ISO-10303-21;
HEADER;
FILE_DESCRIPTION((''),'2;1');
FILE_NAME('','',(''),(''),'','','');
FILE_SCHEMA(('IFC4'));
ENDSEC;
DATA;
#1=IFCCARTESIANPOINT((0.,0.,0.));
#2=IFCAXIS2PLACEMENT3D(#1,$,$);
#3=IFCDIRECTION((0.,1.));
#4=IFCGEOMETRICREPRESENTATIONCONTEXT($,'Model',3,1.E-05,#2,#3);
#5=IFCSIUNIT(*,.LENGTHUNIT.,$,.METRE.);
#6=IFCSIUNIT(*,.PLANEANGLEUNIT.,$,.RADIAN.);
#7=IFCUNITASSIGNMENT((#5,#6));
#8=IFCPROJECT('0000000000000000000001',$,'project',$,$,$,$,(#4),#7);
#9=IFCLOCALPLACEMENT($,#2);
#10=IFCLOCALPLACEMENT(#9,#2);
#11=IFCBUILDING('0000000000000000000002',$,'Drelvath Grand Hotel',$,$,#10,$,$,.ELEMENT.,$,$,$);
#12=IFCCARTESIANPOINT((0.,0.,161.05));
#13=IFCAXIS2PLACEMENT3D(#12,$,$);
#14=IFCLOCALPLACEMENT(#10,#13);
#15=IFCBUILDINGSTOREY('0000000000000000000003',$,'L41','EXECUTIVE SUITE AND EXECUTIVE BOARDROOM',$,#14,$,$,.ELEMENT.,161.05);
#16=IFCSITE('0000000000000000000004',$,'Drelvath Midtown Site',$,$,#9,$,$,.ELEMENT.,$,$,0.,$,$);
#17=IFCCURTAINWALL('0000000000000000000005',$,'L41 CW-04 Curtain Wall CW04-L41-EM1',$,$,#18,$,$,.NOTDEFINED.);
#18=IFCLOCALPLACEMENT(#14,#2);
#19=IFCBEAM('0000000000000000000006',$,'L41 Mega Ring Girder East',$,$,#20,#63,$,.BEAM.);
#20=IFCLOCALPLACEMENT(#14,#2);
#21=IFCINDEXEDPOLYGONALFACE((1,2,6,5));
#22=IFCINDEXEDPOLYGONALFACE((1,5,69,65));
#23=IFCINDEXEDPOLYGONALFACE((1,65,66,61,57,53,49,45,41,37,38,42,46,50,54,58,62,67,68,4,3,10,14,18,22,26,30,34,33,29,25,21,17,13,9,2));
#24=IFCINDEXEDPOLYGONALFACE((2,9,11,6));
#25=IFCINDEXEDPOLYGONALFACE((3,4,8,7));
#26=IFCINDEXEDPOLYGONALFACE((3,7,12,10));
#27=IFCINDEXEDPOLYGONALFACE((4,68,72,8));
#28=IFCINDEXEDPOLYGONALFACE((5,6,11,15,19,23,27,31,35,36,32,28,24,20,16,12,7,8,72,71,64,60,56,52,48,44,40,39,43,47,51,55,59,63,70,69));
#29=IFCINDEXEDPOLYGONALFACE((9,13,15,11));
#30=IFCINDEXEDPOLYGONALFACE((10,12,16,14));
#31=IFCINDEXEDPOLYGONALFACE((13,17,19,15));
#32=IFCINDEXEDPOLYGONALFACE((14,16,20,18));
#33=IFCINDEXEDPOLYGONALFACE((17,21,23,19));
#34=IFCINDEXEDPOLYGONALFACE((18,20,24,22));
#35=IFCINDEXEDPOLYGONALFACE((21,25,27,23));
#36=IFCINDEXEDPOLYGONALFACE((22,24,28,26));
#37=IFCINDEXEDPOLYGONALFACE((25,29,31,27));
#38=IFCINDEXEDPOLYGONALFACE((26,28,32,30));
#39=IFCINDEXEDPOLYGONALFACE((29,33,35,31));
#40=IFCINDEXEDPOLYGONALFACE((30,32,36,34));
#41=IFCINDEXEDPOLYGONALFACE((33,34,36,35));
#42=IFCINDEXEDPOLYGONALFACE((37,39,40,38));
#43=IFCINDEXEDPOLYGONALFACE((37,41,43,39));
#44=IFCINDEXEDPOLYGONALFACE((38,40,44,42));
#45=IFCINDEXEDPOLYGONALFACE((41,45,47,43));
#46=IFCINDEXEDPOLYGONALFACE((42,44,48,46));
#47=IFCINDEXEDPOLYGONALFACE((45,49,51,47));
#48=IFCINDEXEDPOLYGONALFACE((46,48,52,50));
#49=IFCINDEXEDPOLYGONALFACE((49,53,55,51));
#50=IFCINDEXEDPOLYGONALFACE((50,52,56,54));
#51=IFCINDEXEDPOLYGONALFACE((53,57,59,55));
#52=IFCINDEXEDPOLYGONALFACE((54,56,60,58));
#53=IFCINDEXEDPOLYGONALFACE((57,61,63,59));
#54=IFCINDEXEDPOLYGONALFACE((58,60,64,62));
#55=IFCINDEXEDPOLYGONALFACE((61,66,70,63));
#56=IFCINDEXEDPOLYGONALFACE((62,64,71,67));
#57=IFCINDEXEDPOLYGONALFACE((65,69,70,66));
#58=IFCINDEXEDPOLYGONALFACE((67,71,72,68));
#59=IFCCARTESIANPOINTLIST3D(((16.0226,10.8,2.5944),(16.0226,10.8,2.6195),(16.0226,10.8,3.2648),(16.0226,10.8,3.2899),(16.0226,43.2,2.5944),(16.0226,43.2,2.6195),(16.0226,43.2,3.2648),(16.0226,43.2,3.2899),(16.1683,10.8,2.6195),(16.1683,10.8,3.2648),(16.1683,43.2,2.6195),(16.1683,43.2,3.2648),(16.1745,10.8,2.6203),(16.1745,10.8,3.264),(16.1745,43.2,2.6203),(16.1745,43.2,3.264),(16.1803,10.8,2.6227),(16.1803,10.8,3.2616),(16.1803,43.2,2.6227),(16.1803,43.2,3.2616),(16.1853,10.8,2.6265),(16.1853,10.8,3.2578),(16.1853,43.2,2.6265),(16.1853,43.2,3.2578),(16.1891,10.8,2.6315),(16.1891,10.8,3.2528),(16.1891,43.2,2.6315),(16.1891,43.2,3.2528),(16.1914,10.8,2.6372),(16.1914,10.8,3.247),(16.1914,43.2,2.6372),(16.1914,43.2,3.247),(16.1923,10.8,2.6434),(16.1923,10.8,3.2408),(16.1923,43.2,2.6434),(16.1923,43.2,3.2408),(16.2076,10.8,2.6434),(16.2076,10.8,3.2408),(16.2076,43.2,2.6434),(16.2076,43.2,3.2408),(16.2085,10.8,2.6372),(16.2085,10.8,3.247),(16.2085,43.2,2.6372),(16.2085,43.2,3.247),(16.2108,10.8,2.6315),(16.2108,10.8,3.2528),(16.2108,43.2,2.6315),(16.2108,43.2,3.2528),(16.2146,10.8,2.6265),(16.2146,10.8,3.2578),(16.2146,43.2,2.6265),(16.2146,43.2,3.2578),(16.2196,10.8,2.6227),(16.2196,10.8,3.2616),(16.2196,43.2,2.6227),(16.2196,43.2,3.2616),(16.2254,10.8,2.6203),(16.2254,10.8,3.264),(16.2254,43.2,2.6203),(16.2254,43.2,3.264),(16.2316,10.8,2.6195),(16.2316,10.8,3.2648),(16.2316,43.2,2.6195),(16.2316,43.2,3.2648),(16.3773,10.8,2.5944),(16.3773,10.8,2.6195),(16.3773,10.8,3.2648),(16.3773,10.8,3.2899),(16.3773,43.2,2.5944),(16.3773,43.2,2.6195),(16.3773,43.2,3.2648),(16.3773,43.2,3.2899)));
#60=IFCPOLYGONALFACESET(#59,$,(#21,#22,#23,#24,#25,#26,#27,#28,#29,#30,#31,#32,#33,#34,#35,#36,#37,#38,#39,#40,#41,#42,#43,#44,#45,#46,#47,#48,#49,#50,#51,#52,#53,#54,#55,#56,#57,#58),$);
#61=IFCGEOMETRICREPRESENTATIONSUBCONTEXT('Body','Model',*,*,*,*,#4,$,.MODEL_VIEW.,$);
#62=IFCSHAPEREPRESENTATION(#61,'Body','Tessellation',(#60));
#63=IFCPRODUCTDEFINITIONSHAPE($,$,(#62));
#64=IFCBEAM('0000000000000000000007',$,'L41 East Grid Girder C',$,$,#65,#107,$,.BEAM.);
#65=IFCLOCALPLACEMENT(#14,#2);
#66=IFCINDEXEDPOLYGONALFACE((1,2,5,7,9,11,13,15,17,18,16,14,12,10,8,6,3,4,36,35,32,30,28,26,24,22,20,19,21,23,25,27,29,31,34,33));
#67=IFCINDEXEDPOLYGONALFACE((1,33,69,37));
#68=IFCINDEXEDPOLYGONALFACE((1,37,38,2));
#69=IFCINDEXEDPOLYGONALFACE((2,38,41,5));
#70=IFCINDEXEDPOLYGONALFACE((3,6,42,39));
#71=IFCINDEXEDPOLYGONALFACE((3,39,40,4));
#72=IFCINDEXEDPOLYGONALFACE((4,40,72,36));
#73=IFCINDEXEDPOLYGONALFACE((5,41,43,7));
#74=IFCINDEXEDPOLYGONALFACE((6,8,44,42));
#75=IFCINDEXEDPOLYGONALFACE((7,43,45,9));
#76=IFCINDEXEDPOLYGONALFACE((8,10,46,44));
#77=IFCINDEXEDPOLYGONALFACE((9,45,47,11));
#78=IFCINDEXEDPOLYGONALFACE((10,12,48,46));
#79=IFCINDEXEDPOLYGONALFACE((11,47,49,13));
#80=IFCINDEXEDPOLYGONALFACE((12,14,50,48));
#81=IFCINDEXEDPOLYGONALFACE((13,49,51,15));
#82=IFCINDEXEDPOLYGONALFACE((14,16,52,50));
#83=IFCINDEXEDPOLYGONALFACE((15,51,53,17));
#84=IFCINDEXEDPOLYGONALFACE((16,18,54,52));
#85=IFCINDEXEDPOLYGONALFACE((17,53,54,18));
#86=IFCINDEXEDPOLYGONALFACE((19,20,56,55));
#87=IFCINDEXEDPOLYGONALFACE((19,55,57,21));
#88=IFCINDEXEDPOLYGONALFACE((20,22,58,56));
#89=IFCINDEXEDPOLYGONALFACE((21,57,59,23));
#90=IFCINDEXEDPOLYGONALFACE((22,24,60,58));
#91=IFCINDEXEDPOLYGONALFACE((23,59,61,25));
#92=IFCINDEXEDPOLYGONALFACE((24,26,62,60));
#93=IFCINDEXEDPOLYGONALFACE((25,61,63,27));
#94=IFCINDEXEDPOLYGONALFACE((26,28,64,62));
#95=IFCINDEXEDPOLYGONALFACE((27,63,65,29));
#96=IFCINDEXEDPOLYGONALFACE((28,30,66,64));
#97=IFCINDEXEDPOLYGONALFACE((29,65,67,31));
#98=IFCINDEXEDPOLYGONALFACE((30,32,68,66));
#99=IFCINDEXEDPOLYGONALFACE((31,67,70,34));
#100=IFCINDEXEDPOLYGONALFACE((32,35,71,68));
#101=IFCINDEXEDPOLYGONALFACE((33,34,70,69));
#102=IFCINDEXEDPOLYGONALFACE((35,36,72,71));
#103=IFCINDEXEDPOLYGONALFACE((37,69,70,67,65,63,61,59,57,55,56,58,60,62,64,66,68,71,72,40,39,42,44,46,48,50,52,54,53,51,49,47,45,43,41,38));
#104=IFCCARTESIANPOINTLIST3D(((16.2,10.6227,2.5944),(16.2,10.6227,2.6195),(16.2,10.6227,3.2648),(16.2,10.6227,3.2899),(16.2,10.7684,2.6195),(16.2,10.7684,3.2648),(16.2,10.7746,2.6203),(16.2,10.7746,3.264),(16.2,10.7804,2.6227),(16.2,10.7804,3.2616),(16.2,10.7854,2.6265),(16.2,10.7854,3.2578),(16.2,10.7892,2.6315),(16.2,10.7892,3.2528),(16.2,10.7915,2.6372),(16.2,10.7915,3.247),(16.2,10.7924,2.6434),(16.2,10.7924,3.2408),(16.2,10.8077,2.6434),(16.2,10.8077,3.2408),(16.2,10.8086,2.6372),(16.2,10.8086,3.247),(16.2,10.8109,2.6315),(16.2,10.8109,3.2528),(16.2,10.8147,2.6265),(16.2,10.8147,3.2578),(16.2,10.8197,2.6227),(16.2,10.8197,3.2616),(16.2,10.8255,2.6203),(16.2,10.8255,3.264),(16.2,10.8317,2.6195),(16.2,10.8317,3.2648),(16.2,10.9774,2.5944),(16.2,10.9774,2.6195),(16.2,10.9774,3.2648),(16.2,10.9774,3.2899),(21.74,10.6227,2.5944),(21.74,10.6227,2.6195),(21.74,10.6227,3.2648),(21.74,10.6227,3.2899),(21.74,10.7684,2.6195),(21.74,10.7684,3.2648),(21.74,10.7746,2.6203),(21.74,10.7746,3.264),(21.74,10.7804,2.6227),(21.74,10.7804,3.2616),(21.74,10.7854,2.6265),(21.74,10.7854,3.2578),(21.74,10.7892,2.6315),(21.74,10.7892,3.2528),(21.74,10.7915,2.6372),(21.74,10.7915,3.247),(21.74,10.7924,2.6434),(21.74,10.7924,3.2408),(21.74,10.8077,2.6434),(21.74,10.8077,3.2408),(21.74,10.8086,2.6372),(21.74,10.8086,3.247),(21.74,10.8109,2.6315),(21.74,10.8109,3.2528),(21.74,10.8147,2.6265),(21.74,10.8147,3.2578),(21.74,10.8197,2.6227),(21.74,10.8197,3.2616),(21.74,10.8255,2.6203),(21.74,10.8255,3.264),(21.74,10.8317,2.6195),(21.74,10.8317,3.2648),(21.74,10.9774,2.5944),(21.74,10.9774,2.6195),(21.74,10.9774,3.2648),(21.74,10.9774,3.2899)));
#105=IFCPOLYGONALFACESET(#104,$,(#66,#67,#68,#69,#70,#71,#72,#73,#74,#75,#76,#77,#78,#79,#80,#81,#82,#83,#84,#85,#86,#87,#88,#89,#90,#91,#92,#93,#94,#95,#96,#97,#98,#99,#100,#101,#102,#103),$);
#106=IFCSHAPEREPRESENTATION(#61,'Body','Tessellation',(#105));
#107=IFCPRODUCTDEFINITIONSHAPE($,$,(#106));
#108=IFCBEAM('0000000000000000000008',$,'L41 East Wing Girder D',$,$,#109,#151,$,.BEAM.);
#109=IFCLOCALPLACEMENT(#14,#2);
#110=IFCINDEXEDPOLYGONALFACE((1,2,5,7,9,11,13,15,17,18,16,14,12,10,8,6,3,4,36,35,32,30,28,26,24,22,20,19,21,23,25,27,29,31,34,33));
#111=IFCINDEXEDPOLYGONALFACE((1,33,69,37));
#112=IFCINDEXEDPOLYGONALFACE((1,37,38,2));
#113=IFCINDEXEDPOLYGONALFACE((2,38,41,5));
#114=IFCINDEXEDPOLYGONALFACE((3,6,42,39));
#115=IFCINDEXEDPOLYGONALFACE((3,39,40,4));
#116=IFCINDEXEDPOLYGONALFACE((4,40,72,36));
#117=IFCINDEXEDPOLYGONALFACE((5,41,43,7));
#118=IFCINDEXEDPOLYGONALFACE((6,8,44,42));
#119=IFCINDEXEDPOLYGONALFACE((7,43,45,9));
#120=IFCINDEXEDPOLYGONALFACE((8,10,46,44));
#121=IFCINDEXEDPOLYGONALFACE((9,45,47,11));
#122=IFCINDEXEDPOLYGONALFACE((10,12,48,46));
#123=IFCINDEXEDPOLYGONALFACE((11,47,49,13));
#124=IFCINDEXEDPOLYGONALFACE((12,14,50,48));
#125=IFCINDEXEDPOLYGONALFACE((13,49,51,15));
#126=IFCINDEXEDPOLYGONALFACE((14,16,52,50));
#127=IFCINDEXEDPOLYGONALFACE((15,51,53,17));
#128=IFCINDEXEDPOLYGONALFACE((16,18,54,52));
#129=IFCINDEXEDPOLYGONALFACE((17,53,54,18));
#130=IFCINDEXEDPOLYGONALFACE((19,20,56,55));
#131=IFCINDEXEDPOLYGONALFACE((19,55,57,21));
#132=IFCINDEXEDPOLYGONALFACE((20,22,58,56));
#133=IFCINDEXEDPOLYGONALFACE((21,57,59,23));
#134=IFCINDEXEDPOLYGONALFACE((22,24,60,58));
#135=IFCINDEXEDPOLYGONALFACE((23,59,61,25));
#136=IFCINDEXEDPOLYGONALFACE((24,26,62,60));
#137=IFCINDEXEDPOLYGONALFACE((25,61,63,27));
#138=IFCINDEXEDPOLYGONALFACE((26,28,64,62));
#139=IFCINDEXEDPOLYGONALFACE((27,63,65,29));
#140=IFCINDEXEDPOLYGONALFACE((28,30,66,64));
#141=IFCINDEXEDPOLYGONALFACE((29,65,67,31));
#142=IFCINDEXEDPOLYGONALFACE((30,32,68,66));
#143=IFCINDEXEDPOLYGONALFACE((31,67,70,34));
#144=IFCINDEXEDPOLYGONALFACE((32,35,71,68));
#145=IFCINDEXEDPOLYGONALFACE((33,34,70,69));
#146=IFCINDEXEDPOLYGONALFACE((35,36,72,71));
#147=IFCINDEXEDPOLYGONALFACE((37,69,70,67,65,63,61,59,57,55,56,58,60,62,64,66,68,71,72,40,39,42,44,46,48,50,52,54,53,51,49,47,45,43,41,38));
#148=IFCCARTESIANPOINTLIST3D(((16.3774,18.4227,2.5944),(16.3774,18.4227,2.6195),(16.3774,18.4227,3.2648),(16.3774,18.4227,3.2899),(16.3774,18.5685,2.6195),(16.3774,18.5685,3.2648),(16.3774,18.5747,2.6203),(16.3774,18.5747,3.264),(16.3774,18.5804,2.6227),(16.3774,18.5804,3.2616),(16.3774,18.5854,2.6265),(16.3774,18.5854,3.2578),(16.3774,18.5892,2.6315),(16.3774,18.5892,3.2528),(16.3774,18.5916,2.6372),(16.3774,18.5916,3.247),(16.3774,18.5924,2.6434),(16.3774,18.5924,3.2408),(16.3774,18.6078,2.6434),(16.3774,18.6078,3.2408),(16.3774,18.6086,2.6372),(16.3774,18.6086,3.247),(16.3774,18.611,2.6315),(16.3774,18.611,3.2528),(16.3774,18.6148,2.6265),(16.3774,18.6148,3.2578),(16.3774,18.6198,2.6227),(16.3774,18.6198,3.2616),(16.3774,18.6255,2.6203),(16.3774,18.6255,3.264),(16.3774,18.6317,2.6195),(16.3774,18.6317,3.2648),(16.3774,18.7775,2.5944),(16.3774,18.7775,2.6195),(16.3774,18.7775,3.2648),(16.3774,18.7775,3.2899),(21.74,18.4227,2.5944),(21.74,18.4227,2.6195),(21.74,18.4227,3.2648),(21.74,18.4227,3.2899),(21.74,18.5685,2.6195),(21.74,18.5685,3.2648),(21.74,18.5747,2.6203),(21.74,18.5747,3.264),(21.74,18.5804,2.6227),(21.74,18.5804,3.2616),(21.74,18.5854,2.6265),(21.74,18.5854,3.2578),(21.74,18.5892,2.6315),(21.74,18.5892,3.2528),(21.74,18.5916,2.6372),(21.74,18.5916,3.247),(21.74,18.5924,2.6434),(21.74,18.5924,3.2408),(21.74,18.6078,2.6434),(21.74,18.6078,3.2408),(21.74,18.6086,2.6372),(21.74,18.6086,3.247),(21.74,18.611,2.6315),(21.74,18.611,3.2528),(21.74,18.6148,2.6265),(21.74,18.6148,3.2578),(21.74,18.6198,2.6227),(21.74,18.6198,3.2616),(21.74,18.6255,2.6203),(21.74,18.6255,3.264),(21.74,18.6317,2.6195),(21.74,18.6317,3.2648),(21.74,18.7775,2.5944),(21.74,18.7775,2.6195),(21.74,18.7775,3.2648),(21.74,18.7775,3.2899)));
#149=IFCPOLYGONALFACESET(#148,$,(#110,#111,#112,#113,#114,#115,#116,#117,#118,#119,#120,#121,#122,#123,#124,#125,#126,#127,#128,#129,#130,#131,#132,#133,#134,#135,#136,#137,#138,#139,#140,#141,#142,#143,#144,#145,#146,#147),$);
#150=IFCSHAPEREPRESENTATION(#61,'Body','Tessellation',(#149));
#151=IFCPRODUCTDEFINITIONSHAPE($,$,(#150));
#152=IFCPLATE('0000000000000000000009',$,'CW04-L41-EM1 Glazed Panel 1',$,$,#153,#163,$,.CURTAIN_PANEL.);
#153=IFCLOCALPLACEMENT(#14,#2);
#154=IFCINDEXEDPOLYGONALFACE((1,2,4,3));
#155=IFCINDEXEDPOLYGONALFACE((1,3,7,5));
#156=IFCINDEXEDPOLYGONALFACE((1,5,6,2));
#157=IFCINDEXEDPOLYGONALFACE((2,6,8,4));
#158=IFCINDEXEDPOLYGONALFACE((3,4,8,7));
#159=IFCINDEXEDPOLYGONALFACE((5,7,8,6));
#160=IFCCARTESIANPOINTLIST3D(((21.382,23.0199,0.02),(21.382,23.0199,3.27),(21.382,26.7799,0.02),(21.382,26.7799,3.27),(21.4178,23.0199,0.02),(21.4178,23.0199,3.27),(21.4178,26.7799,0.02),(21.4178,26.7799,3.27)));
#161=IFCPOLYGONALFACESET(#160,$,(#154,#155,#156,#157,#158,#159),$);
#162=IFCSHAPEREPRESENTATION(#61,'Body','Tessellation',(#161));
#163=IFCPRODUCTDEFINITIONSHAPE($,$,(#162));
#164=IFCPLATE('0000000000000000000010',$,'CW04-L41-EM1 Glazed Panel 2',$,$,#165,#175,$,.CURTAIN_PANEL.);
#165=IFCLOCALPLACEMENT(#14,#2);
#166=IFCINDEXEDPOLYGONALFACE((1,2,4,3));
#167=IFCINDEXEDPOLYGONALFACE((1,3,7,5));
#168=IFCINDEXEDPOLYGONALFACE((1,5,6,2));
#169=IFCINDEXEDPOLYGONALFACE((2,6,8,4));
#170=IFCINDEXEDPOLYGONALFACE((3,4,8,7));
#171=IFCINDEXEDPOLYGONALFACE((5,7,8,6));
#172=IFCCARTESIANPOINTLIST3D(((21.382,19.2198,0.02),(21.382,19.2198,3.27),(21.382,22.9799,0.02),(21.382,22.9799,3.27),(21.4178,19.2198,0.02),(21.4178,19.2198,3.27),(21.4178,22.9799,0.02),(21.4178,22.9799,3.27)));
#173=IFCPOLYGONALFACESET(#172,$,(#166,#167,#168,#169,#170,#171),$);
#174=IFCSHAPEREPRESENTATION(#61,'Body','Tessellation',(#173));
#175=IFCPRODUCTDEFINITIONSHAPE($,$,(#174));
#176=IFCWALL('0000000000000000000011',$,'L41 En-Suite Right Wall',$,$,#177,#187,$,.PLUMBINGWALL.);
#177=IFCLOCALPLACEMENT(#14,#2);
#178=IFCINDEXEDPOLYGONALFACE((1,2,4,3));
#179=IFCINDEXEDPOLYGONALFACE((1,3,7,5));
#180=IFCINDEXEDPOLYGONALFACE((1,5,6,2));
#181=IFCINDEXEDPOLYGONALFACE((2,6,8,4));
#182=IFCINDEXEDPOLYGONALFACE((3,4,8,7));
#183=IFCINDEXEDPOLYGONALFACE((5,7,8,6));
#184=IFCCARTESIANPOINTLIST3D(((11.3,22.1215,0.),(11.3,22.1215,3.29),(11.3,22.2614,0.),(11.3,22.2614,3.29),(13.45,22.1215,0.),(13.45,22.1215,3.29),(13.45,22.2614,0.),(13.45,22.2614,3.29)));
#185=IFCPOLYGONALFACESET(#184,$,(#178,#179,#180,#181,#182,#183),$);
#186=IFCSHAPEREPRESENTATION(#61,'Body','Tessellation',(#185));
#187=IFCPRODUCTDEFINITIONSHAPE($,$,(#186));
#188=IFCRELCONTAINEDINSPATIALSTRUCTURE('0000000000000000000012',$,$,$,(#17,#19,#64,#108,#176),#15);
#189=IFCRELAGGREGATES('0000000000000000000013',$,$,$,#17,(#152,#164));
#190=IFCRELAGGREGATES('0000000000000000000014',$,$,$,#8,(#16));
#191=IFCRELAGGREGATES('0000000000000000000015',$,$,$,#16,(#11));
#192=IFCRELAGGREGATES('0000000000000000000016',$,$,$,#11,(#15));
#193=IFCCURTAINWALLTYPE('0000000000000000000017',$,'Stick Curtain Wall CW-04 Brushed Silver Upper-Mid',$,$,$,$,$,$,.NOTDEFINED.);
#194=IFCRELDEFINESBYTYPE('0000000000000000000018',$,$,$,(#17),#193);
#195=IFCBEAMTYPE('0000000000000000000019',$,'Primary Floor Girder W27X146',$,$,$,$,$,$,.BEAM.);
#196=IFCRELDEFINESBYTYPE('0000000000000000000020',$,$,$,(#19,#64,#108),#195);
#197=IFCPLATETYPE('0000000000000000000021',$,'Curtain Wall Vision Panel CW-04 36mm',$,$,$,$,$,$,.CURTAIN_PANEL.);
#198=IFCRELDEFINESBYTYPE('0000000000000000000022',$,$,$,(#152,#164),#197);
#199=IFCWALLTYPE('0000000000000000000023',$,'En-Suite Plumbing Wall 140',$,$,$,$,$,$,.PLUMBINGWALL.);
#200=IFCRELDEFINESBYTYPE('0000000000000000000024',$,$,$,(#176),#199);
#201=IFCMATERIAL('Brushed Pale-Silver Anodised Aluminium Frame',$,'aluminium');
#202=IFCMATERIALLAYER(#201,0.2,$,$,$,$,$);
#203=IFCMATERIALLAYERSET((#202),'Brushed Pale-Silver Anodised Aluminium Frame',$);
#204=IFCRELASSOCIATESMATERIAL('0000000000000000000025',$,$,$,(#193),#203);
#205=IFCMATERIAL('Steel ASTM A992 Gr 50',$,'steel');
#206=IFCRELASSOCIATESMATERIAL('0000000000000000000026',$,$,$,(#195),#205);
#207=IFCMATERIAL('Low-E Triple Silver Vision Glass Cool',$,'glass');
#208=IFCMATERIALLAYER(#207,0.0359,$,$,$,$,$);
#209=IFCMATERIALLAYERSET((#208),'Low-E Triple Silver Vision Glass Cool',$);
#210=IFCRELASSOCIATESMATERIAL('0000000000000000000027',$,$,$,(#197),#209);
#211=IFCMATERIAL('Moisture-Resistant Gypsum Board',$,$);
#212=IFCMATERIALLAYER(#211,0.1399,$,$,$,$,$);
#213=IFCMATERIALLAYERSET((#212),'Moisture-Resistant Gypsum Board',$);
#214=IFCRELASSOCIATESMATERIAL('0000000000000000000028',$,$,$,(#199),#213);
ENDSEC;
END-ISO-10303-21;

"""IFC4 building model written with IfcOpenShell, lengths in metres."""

from ifc_helpers import new_model, si_unit, direction, frame, frame_2d, origin, origin_2d, place, context, subcontext, project, spatial, rectangle, i_section, extrude, material, layer, layer_set, material_profile, profile_set, type_object, element, aggregate, save


model = new_model("IFC4")

# Units and contexts
model_context = context("Model", 3, precision=1e-05, world=origin(), true_north=direction((0.0, 1.0)))
body_context = subcontext(model_context, "Body", "Model", "MODEL_VIEW")
ifc_project = project(units=[si_unit("LENGTHUNIT", "METRE"), si_unit("PLANEANGLEUNIT", "RADIAN")], contexts=[model_context])

# Site, building, storey
site_placement = place(None, origin())
site = spatial("IfcSite", under=ifc_project, at=site_placement, Name="Drelvath Midtown Site", CompositionType="ELEMENT", RefElevation=0.0)
building_placement = place(site_placement, origin())
building = spatial("IfcBuilding", under=site, at=building_placement, Name="Drelvath Grand Hotel", CompositionType="ELEMENT")
storey_placement = place(building_placement, frame((0.0, 0.0, 161.05)))
storey = spatial("IfcBuildingStorey", under=building, at=storey_placement, Name="L41", Description="EXECUTIVE SUITE AND EXECUTIVE BOARDROOM", CompositionType="ELEMENT", Elevation=161.05)

# Shared definitions
ifc_material_1 = material(Name="Steel ASTM A992 Gr 50", Category="steel")

# Curtain wall
ifc_material_2 = material(Name="Brushed Pale-Silver Anodised Aluminium Frame", Category="aluminium")
ifc_layer_1 = layer(ifc_material_2, 0.2)
ifc_layer_set_1 = layer_set([ifc_layer_1], Name="Brushed Pale-Silver Anodised Aluminium Frame")
curtain_wall_type = type_object("IfcCurtainWallType", Name="Stick Curtain Wall CW-04 Brushed Silver Upper-Mid", PredefinedType="NOTDEFINED", material=ifc_layer_set_1)
curtain_wall_1_placement = place(storey_placement, origin())
curtain_wall_1 = element("IfcCurtainWall", 1, at=curtain_wall_1_placement, inside=storey, type_object=curtain_wall_type, Name="L41 CW-04 Curtain Wall CW04-L41-EM1", PredefinedType="NOTDEFINED")

# Beams
ifc_material_profile_1 = material_profile(ifc_material_1, i_section(OverallWidth=0.3547, OverallDepth=0.6956, WebThickness=0.0154, FlangeThickness=0.0251, FilletRadius=0.0239, at=origin_2d()), Name="W27X146")
ifc_profile_set_1 = profile_set([ifc_material_profile_1], Name="Steel ASTM A992 Gr 50")
beam_type_1 = type_object("IfcBeamType", Name="Primary Floor Girder W27X146", PredefinedType="BEAM", material=ifc_profile_set_1)
beam_1_placement = place(storey_placement, frame((16.2, 10.8, 2.9421), z_axis=(0.0, 1.0, 0.0), x_axis=(-1.0, 0.0, 0.0)))
element("IfcBeam", 2, at=beam_1_placement, inside=storey, type_object=beam_type_1, Name="L41 Mega Ring Girder East", PredefinedType="BEAM", context=body_context, shape_type="SweptSolid", body=[
    extrude(i_section(OverallWidth=0.3547, OverallDepth=0.6956, WebThickness=0.0154, FlangeThickness=0.0251, FilletRadius=0.0239, at=origin_2d()), origin(), (0.0, 0.0, 1.0), 32.3999),
])
beam_2_placement = place(storey_placement, frame((16.2, 10.8, 2.9421), z_axis=(1.0, 0.0, 0.0), x_axis=(0.0, 1.0, 0.0)))
element("IfcBeam", 3, at=beam_2_placement, inside=storey, type_object=beam_type_1, Name="L41 East Grid Girder C", PredefinedType="BEAM", context=body_context, shape_type="SweptSolid", body=[
    extrude(i_section(OverallWidth=0.3547, OverallDepth=0.6956, WebThickness=0.0154, FlangeThickness=0.0251, FilletRadius=0.0239, at=origin_2d()), origin(), (0.0, 0.0, 1.0), 5.54),
])
beam_3_placement = place(storey_placement, frame((16.3774, 18.6001, 2.9421), z_axis=(1.0, 0.0, 0.0), x_axis=(0.0, 1.0, 0.0)))
element("IfcBeam", 4, at=beam_3_placement, inside=storey, type_object=beam_type_1, Name="L41 East Wing Girder D", PredefinedType="BEAM", context=body_context, shape_type="SweptSolid", body=[
    extrude(i_section(OverallWidth=0.3547, OverallDepth=0.6956, WebThickness=0.0154, FlangeThickness=0.0251, FilletRadius=0.0239, at=origin_2d()), origin(), (0.0, 0.0, 1.0), 5.3625),
])

# Plates
ifc_material_3 = material(Name="Low-E Triple Silver Vision Glass Cool", Category="glass")
ifc_layer_2 = layer(ifc_material_3, 0.0359)
ifc_layer_set_2 = layer_set([ifc_layer_2], Name="Low-E Triple Silver Vision Glass Cool")
plate_type = type_object("IfcPlateType", Name="Curtain Wall Vision Panel CW-04 36mm", PredefinedType="CURTAIN_PANEL", material=ifc_layer_set_2)
plate_1_placement = place(storey_placement, frame((21.3999, 24.8999, 0.02), z_axis=(0.0, 0.0, 1.0), x_axis=(0.0, -1.0, 0.0)))
plate_1 = element("IfcPlate", 5, at=plate_1_placement, type_object=plate_type, Name="CW04-L41-EM1 Glazed Panel 1", PredefinedType="CURTAIN_PANEL", context=body_context, shape_type="SweptSolid", body=[
    extrude(rectangle(XDim=3.76, YDim=0.0359, at=origin_2d()), origin(), (0.0, 0.0, 1.0), 3.25),
])
plate_2_placement = place(storey_placement, frame((21.3999, 21.0999, 0.02), z_axis=(0.0, 0.0, 1.0), x_axis=(0.0, -1.0, 0.0)))
plate_2 = element("IfcPlate", 6, at=plate_2_placement, type_object=plate_type, Name="CW04-L41-EM1 Glazed Panel 2", PredefinedType="CURTAIN_PANEL", context=body_context, shape_type="SweptSolid", body=[
    extrude(rectangle(XDim=3.76, YDim=0.0359, at=origin_2d()), origin(), (0.0, 0.0, 1.0), 3.25),
])
aggregate(curtain_wall_1, [plate_1, plate_2])

# Wall
ifc_material_4 = material(Name="Moisture-Resistant Gypsum Board")
ifc_layer_3 = layer(ifc_material_4, 0.1399)
ifc_layer_set_3 = layer_set([ifc_layer_3], Name="Moisture-Resistant Gypsum Board")
wall_type_1 = type_object("IfcWallType", Name="En-Suite Plumbing Wall 140", PredefinedType="PLUMBINGWALL", material=ifc_layer_set_3)
wall_1_placement = place(storey_placement, frame((11.3, 22.1914, 0.0), z_axis=(0.0, 0.0, 1.0), x_axis=(1.0, 0.0, 0.0)))
element("IfcWall", 7, at=wall_1_placement, inside=storey, type_object=wall_type_1, Name="L41 En-Suite Right Wall", PredefinedType="PLUMBINGWALL", context=body_context, shape_type="SweptSolid", body=[
    extrude(rectangle(XDim=2.1499, YDim=0.1399, at=frame_2d((1.075, 0.0))), origin(), (0.0, 0.0, 1.0), 3.29),
])

save(model, "model.ifc")
